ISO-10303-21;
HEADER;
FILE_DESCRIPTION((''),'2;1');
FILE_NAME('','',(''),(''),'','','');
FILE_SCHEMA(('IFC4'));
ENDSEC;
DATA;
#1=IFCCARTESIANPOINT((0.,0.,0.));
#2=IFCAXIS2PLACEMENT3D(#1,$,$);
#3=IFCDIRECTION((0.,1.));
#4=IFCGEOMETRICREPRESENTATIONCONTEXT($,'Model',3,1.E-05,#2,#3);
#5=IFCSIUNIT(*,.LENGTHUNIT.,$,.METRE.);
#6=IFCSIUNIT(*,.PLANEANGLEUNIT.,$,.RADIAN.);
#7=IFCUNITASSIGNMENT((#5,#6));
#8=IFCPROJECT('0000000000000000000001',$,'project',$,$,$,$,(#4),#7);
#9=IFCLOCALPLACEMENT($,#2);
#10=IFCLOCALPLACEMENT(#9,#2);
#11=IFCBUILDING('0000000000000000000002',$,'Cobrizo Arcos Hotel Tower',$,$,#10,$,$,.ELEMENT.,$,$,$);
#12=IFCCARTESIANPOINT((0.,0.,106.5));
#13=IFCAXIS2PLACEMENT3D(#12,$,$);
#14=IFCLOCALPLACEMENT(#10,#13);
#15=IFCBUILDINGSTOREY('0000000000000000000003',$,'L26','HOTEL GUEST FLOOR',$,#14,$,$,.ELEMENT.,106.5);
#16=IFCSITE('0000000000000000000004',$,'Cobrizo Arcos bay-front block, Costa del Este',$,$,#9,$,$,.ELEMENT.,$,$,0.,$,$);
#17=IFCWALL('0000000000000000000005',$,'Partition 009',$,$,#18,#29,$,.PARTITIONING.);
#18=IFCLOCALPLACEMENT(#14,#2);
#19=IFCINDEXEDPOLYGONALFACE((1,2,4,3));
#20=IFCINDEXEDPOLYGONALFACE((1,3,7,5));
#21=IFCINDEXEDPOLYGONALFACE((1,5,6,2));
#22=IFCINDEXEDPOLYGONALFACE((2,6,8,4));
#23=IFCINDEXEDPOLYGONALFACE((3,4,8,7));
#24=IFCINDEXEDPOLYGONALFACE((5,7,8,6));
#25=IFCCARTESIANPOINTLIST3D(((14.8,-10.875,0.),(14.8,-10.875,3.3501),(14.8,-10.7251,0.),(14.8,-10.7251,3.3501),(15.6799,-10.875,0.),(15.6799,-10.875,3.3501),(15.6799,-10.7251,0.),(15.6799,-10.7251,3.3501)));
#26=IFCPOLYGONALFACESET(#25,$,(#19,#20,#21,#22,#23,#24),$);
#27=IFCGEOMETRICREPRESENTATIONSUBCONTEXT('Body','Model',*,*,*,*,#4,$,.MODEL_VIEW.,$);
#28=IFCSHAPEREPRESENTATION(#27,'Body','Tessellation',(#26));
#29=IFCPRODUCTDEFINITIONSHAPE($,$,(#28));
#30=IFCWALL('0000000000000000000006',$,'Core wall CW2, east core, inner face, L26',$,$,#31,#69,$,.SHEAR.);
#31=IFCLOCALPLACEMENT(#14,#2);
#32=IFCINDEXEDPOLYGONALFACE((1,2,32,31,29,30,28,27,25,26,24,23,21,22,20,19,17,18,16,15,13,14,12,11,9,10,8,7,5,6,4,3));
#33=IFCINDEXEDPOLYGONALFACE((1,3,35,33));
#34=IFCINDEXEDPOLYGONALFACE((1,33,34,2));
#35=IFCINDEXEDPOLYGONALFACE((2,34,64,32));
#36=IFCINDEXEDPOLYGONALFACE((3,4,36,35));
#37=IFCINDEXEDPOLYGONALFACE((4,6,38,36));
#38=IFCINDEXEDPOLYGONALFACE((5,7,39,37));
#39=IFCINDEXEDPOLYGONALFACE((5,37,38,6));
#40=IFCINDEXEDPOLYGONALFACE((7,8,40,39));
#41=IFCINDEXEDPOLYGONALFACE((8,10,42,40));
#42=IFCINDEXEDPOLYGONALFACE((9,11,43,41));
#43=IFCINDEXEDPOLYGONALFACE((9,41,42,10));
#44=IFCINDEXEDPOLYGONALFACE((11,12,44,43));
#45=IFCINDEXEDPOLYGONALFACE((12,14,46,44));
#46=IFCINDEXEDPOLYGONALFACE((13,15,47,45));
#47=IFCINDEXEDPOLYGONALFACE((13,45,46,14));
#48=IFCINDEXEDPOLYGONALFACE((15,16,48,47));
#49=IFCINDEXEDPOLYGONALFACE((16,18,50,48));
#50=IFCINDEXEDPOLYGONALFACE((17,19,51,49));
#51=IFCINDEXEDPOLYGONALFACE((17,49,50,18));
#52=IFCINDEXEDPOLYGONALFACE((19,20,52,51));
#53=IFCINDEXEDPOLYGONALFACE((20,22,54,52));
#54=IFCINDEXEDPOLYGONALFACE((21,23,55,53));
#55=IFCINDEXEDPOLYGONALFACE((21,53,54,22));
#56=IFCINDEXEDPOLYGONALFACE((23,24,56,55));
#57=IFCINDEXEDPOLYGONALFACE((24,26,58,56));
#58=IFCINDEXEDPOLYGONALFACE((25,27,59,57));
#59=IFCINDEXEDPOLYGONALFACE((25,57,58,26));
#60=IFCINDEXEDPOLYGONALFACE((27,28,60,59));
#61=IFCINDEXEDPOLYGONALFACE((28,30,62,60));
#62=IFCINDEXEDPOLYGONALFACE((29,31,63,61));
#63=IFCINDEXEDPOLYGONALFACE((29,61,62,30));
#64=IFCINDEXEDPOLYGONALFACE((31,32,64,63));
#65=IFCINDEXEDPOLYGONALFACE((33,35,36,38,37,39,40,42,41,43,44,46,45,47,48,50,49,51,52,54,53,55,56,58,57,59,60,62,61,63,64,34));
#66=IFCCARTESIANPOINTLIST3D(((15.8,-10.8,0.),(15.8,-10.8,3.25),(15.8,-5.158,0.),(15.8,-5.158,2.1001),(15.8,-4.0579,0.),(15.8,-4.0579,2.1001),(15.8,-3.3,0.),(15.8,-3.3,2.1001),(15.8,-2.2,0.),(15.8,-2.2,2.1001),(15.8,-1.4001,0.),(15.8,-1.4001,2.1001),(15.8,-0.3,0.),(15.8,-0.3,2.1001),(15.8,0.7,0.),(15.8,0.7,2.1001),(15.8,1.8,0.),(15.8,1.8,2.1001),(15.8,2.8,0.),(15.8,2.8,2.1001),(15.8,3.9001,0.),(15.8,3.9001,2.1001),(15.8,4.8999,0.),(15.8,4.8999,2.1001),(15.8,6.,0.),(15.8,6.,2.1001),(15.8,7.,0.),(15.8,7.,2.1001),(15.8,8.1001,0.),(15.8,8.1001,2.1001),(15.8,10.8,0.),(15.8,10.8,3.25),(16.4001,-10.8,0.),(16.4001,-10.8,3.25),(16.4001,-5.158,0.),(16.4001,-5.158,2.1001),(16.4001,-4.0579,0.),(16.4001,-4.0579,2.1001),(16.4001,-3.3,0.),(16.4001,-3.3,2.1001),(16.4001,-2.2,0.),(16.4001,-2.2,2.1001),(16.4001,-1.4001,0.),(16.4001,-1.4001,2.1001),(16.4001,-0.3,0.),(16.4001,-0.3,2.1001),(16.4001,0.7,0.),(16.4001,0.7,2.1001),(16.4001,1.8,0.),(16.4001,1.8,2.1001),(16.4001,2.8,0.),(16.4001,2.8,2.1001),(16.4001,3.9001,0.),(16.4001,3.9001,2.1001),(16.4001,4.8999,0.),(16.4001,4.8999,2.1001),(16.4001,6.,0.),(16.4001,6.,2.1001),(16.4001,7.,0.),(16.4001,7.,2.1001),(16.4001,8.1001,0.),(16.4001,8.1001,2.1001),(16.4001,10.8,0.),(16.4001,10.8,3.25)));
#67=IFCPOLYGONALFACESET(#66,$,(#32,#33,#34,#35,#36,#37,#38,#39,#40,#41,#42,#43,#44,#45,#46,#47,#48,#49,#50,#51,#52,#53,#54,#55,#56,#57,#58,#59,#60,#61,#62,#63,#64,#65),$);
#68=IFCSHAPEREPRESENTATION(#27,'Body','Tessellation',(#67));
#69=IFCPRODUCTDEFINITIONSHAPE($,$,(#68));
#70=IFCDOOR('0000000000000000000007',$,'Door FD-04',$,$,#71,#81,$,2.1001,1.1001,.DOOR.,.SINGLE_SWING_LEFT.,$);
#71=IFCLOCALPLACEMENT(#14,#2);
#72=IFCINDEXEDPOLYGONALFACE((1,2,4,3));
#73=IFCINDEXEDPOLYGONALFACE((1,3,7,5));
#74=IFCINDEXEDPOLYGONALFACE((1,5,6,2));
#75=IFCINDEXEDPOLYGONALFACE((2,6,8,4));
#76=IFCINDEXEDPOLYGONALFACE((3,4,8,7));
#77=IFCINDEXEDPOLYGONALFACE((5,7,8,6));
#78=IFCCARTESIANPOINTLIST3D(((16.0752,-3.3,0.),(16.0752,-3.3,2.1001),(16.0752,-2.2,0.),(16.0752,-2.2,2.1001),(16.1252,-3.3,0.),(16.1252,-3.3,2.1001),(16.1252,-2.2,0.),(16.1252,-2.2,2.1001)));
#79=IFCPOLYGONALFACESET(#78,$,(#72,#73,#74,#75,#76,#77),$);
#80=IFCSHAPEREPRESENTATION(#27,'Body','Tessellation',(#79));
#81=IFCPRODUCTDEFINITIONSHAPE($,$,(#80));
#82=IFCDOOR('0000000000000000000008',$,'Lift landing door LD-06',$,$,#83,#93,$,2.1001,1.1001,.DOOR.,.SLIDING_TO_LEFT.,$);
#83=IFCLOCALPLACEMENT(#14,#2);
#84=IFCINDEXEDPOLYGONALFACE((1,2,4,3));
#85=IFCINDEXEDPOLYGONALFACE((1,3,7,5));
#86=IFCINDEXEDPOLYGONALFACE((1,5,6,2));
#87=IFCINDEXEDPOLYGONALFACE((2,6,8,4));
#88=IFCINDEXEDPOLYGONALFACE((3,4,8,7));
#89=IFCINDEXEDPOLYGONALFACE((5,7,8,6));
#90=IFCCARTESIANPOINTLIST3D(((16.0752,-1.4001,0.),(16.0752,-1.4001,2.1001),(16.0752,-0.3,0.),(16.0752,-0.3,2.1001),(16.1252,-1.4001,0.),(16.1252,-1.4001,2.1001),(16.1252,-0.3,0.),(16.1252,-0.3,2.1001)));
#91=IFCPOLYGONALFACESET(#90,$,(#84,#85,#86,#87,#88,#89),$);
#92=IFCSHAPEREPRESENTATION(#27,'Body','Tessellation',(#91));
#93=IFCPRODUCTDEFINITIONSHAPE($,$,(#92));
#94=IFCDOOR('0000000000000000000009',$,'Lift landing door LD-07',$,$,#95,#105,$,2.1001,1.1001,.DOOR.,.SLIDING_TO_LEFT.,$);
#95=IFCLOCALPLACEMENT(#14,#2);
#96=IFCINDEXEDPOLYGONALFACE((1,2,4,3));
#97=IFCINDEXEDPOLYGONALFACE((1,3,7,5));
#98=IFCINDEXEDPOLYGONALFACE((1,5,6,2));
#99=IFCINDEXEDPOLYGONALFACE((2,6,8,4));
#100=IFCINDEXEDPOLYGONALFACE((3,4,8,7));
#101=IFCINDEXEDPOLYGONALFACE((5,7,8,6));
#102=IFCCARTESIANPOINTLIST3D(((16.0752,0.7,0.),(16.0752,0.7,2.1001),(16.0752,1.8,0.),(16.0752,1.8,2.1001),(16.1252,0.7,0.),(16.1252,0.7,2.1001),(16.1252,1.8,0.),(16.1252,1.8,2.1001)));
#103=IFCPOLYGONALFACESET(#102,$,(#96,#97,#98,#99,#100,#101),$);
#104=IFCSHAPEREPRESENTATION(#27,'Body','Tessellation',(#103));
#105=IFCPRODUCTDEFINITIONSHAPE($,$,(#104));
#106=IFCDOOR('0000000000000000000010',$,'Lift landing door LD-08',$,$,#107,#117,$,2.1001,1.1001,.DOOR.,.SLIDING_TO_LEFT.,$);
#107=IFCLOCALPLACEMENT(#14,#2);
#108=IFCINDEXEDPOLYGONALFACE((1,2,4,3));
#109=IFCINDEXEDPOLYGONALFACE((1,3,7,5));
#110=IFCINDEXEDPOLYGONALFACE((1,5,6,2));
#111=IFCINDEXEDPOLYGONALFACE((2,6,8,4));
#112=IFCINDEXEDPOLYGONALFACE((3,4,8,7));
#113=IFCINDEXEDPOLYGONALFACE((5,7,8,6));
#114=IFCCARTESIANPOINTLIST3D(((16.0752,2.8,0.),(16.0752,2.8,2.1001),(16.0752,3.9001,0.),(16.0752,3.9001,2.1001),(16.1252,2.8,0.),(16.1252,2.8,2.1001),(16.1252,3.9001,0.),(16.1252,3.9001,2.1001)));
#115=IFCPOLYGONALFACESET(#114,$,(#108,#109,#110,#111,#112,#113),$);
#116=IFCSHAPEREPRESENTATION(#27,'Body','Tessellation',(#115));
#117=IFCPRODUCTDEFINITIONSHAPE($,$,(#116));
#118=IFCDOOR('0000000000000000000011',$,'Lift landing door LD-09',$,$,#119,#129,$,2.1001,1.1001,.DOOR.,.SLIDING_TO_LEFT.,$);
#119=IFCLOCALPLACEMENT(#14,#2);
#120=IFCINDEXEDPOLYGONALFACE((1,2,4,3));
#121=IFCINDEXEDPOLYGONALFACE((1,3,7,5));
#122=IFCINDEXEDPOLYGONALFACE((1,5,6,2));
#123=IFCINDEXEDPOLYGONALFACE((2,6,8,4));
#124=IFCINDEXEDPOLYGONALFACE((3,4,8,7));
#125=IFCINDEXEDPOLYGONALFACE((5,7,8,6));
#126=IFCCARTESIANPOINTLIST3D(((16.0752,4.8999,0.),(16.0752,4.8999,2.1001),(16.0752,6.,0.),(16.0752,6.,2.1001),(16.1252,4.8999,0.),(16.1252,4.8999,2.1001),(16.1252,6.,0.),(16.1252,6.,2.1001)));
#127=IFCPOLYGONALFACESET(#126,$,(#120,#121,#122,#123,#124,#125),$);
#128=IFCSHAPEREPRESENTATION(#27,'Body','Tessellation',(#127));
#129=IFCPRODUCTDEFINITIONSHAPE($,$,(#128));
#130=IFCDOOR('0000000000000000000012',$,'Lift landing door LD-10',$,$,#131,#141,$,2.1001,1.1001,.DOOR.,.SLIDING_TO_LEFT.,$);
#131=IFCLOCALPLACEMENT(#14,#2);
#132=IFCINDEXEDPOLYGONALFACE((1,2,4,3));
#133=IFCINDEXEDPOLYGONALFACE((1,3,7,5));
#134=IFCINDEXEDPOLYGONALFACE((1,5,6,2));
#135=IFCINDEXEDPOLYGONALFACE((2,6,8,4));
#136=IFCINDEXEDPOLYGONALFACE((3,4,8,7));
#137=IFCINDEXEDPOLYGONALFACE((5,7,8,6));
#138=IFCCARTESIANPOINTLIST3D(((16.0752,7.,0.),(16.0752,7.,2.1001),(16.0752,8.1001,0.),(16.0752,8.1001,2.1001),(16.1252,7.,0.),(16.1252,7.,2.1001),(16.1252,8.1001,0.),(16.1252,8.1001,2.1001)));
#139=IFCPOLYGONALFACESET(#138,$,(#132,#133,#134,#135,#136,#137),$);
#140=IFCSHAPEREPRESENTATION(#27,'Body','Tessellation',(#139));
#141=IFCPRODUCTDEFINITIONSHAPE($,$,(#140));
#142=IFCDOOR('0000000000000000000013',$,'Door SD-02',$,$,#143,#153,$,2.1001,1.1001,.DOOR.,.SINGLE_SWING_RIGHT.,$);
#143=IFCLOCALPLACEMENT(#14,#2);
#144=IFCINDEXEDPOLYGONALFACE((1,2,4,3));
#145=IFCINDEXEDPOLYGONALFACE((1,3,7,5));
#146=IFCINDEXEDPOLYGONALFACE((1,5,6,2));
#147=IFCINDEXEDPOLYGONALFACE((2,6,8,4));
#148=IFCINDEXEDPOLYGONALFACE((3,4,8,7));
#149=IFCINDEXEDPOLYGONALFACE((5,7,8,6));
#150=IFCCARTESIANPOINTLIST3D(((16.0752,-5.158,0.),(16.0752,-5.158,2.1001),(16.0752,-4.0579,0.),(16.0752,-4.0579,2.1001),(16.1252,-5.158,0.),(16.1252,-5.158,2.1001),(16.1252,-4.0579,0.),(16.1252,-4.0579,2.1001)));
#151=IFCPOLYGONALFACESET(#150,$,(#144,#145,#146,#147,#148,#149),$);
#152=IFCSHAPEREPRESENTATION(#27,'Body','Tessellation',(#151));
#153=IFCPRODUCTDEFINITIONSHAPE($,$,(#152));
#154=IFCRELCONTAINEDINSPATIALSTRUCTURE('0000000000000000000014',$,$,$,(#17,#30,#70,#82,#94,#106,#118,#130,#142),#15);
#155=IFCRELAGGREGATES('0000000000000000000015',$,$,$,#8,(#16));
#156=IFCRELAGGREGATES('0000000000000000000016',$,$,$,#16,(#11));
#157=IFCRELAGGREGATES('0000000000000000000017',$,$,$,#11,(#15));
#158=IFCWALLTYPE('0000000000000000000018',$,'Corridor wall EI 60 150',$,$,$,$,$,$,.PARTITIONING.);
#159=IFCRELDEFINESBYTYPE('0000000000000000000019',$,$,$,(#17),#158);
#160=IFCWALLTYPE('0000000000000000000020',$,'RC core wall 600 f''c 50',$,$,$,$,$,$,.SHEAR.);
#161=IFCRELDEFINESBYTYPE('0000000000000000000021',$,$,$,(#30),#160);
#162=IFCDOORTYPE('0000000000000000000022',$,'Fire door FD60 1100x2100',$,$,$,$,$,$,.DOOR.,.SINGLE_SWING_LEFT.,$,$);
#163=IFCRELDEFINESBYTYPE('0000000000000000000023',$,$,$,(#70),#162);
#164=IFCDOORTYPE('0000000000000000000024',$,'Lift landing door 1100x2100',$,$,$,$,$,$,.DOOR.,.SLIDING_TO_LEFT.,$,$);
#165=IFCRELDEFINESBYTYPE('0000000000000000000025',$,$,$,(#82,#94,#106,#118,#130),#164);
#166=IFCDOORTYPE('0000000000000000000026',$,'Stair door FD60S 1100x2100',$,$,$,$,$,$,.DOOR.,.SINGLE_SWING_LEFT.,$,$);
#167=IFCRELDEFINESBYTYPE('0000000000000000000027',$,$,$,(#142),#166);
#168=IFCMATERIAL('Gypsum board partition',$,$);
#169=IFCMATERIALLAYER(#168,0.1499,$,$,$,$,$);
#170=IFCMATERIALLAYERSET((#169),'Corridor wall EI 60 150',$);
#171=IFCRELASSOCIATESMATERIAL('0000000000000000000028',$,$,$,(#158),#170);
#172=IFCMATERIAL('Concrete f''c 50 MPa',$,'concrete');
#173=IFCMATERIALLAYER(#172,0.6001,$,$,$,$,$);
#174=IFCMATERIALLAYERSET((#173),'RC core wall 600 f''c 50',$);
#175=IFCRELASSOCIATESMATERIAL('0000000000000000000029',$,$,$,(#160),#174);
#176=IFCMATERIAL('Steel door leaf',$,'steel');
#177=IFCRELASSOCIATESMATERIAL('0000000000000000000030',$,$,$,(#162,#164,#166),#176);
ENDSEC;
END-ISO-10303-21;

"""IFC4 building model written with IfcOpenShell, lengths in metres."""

from ifc_helpers import new_model, si_unit, direction, frame, frame_2d, origin, place, context, subcontext, project, spatial, rectangle, extrude, material, layer, layer_set, type_object, element, fill, save


model = new_model("IFC4")

# Units and contexts
model_context = context("Model", 3, precision=1e-05, world=origin(), true_north=direction((0.0, 1.0)))
body_context = subcontext(model_context, "Body", "Model", "MODEL_VIEW")
ifc_project = project(units=[si_unit("LENGTHUNIT", "METRE"), si_unit("PLANEANGLEUNIT", "RADIAN")], contexts=[model_context])

# Site, building, storey
site_placement = place(None, origin())
site = spatial("IfcSite", under=ifc_project, at=site_placement, Name="Cobrizo Arcos bay-front block, Costa del Este", CompositionType="ELEMENT", RefElevation=0.0)
building_placement = place(site_placement, origin())
building = spatial("IfcBuilding", under=site, at=building_placement, Name="Cobrizo Arcos Hotel Tower", CompositionType="ELEMENT")
storey_placement = place(building_placement, frame((0.0, 0.0, 106.5)))
storey = spatial("IfcBuildingStorey", under=building, at=storey_placement, Name="L26", Description="HOTEL GUEST FLOOR", CompositionType="ELEMENT", Elevation=106.5)

# Wall
ifc_material_1 = material(Name="Gypsum board partition")
ifc_layer_1 = layer(ifc_material_1, 0.1499)
ifc_layer_set_1 = layer_set([ifc_layer_1], Name="Corridor wall EI 60 150")
wall_type_1 = type_object("IfcWallType", Name="Corridor wall EI 60 150", PredefinedType="PARTITIONING", material=ifc_layer_set_1)
wall_1_placement = place(storey_placement, frame((14.8, -10.8, 0.0), z_axis=(0.0, 0.0, 1.0), x_axis=(1.0, 0.0, 0.0)))
element("IfcWall", 1, at=wall_1_placement, inside=storey, type_object=wall_type_1, Name="Partition 009", PredefinedType="PARTITIONING", context=body_context, shape_type="SweptSolid", body=[
    extrude(rectangle(XDim=0.8799, YDim=0.1499, at=frame_2d((0.4399, 0.0))), origin(), (0.0, 0.0, 1.0), 3.3501),
])

# Wall, openings, doors
ifc_material_2 = material(Name="Concrete f'c 50 MPa", Category="concrete")
ifc_layer_2 = layer(ifc_material_2, 0.6001)
ifc_layer_set_2 = layer_set([ifc_layer_2], Name="RC core wall 600 f'c 50")
wall_type_2 = type_object("IfcWallType", Name="RC core wall 600 f'c 50", PredefinedType="SHEAR", material=ifc_layer_set_2)
wall_2_placement = place(storey_placement, frame((16.1001, -10.8, 0.0), z_axis=(0.0, 0.0, 1.0), x_axis=(0.0, 1.0, 0.0)))
wall_2 = element("IfcWall", 2, at=wall_2_placement, inside=storey, type_object=wall_type_2, Name="Core wall CW2, east core, inner face, L26", PredefinedType="SHEAR", context=body_context, shape_type="SweptSolid", body=[
    extrude(rectangle(XDim=21.6001, YDim=0.6001, at=frame_2d((10.8, 0.0))), origin(), (0.0, 0.0, 1.0), 3.25),
])
opening_1_placement = place(wall_2_placement, frame((9.3999, 0.0, 0.0)))
opening_1 = element("IfcOpeningElement", 3, at=opening_1_placement, cuts=wall_2, PredefinedType="OPENING", context=body_context, shape_type="SweptSolid", body=[
    extrude(rectangle(XDim=1.1001, YDim=2.1001, at=frame_2d((0.55, 1.05))), frame((0.0, 0.312, 0.0), z_axis=(0.0, -1.0, 0.0), x_axis=(1.0, 0.0, 0.0)), (0.0, 0.0, 1.0), 0.624),
])
opening_2_placement = place(wall_2_placement, frame((11.5, 0.0, 0.0)))
opening_2 = element("IfcOpeningElement", 4, at=opening_2_placement, cuts=wall_2, PredefinedType="OPENING", context=body_context, shape_type="SweptSolid", body=[
    extrude(rectangle(XDim=1.1001, YDim=2.1001, at=frame_2d((0.55, 1.05))), frame((0.0, 0.312, 0.0), z_axis=(0.0, -1.0, 0.0), x_axis=(1.0, 0.0, 0.0)), (0.0, 0.0, 1.0), 0.624),
])
opening_3_placement = place(wall_2_placement, frame((13.6001, 0.0, 0.0)))
opening_3 = element("IfcOpeningElement", 5, at=opening_3_placement, cuts=wall_2, PredefinedType="OPENING", context=body_context, shape_type="SweptSolid", body=[
    extrude(rectangle(XDim=1.1001, YDim=2.1001, at=frame_2d((0.55, 1.05))), frame((0.0, 0.312, 0.0), z_axis=(0.0, -1.0, 0.0), x_axis=(1.0, 0.0, 0.0)), (0.0, 0.0, 1.0), 0.624),
])
opening_4_placement = place(wall_2_placement, frame((15.7, 0.0, 0.0)))
opening_4 = element("IfcOpeningElement", 6, at=opening_4_placement, cuts=wall_2, PredefinedType="OPENING", context=body_context, shape_type="SweptSolid", body=[
    extrude(rectangle(XDim=1.1001, YDim=2.1001, at=frame_2d((0.55, 1.05))), frame((0.0, 0.312, 0.0), z_axis=(0.0, -1.0, 0.0), x_axis=(1.0, 0.0, 0.0)), (0.0, 0.0, 1.0), 0.624),
])
opening_5_placement = place(wall_2_placement, frame((17.8, 0.0, 0.0)))
opening_5 = element("IfcOpeningElement", 7, at=opening_5_placement, cuts=wall_2, PredefinedType="OPENING", context=body_context, shape_type="SweptSolid", body=[
    extrude(rectangle(XDim=1.1001, YDim=2.1001, at=frame_2d((0.55, 1.05))), frame((0.0, 0.312, 0.0), z_axis=(0.0, -1.0, 0.0), x_axis=(1.0, 0.0, 0.0)), (0.0, 0.0, 1.0), 0.624),
])
opening_6_placement = place(wall_2_placement, frame((5.6421, 0.0, 0.0)))
opening_6 = element("IfcOpeningElement", 8, at=opening_6_placement, cuts=wall_2, PredefinedType="OPENING", context=body_context, shape_type="SweptSolid", body=[
    extrude(rectangle(XDim=1.1001, YDim=2.1001, at=frame_2d((0.55, 1.05))), frame((0.0, 0.312, 0.0), z_axis=(0.0, -1.0, 0.0), x_axis=(1.0, 0.0, 0.0)), (0.0, 0.0, 1.0), 0.624),
])
opening_7_placement = place(wall_2_placement, frame((7.5, 0.0, 0.0)))
opening_7 = element("IfcOpeningElement", 9, at=opening_7_placement, cuts=wall_2, PredefinedType="OPENING", context=body_context, shape_type="SweptSolid", body=[
    extrude(rectangle(XDim=1.1001, YDim=2.1001, at=frame_2d((0.55, 1.05))), frame((0.0, 0.312, 0.0), z_axis=(0.0, -1.0, 0.0), x_axis=(1.0, 0.0, 0.0)), (0.0, 0.0, 1.0), 0.624),
])
ifc_material_3 = material(Name="Steel door leaf", Category="steel")
door_type_1 = type_object("IfcDoorType", Name="Fire door FD60 1100x2100", OperationType="SINGLE_SWING_LEFT", PredefinedType="DOOR", material=ifc_material_3)
door_1_placement = place(opening_7_placement, origin())
door_1 = element("IfcDoor", 10, at=door_1_placement, inside=storey, type_object=door_type_1, Name="Door FD-04", OperationType="SINGLE_SWING_LEFT", OverallHeight=2.1001, OverallWidth=1.1001, PredefinedType="DOOR", context=body_context, shape_type="SweptSolid", body=[
    extrude(rectangle(XDim=1.1001, YDim=2.1001, at=frame_2d((0.55, 1.05))), frame((0.0, 0.0249, 0.0), z_axis=(0.0, -1.0, 0.0), x_axis=(1.0, 0.0, 0.0)), (0.0, 0.0, 1.0), 0.05),
])
fill(opening_7, door_1)
door_type_2 = type_object("IfcDoorType", Name="Lift landing door 1100x2100", OperationType="SLIDING_TO_LEFT", PredefinedType="DOOR", material=ifc_material_3)
door_2_placement = place(opening_1_placement, origin())
door_2 = element("IfcDoor", 11, at=door_2_placement, inside=storey, type_object=door_type_2, Name="Lift landing door LD-06", OperationType="SLIDING_TO_LEFT", OverallHeight=2.1001, OverallWidth=1.1001, PredefinedType="DOOR", context=body_context, shape_type="SweptSolid", body=[
    extrude(rectangle(XDim=1.1001, YDim=2.1001, at=frame_2d((0.55, 1.05))), frame((0.0, 0.0249, 0.0), z_axis=(0.0, -1.0, 0.0), x_axis=(1.0, 0.0, 0.0)), (0.0, 0.0, 1.0), 0.05),
])
fill(opening_1, door_2)
door_3_placement = place(opening_2_placement, origin())
door_3 = element("IfcDoor", 12, at=door_3_placement, inside=storey, type_object=door_type_2, Name="Lift landing door LD-07", OperationType="SLIDING_TO_LEFT", OverallHeight=2.1001, OverallWidth=1.1001, PredefinedType="DOOR", context=body_context, shape_type="SweptSolid", body=[
    extrude(rectangle(XDim=1.1001, YDim=2.1001, at=frame_2d((0.55, 1.05))), frame((0.0, 0.0249, 0.0), z_axis=(0.0, -1.0, 0.0), x_axis=(1.0, 0.0, 0.0)), (0.0, 0.0, 1.0), 0.05),
])
fill(opening_2, door_3)
door_4_placement = place(opening_3_placement, origin())
door_4 = element("IfcDoor", 13, at=door_4_placement, inside=storey, type_object=door_type_2, Name="Lift landing door LD-08", OperationType="SLIDING_TO_LEFT", OverallHeight=2.1001, OverallWidth=1.1001, PredefinedType="DOOR", context=body_context, shape_type="SweptSolid", body=[
    extrude(rectangle(XDim=1.1001, YDim=2.1001, at=frame_2d((0.55, 1.05))), frame((0.0, 0.0249, 0.0), z_axis=(0.0, -1.0, 0.0), x_axis=(1.0, 0.0, 0.0)), (0.0, 0.0, 1.0), 0.05),
])
fill(opening_3, door_4)
door_5_placement = place(opening_4_placement, origin())
door_5 = element("IfcDoor", 14, at=door_5_placement, inside=storey, type_object=door_type_2, Name="Lift landing door LD-09", OperationType="SLIDING_TO_LEFT", OverallHeight=2.1001, OverallWidth=1.1001, PredefinedType="DOOR", context=body_context, shape_type="SweptSolid", body=[
    extrude(rectangle(XDim=1.1001, YDim=2.1001, at=frame_2d((0.55, 1.05))), frame((0.0, 0.0249, 0.0), z_axis=(0.0, -1.0, 0.0), x_axis=(1.0, 0.0, 0.0)), (0.0, 0.0, 1.0), 0.05),
])
fill(opening_4, door_5)
door_6_placement = place(opening_5_placement, origin())
door_6 = element("IfcDoor", 15, at=door_6_placement, inside=storey, type_object=door_type_2, Name="Lift landing door LD-10", OperationType="SLIDING_TO_LEFT", OverallHeight=2.1001, OverallWidth=1.1001, PredefinedType="DOOR", context=body_context, shape_type="SweptSolid", body=[
    extrude(rectangle(XDim=1.1001, YDim=2.1001, at=frame_2d((0.55, 1.05))), frame((0.0, 0.0249, 0.0), z_axis=(0.0, -1.0, 0.0), x_axis=(1.0, 0.0, 0.0)), (0.0, 0.0, 1.0), 0.05),
])
fill(opening_5, door_6)
door_type_3 = type_object("IfcDoorType", Name="Stair door FD60S 1100x2100", OperationType="SINGLE_SWING_LEFT", PredefinedType="DOOR", material=ifc_material_3)
door_7_placement = place(opening_6_placement, origin())
door_7 = element("IfcDoor", 16, at=door_7_placement, inside=storey, type_object=door_type_3, Name="Door SD-02", OperationType="SINGLE_SWING_RIGHT", OverallHeight=2.1001, OverallWidth=1.1001, PredefinedType="DOOR", context=body_context, shape_type="SweptSolid", body=[
    extrude(rectangle(XDim=1.1001, YDim=2.1001, at=frame_2d((0.55, 1.05))), frame((0.0, 0.0249, 0.0), z_axis=(0.0, -1.0, 0.0), x_axis=(1.0, 0.0, 0.0)), (0.0, 0.0, 1.0), 0.05),
])
fill(opening_6, door_7)

save(model, "model.ifc")
